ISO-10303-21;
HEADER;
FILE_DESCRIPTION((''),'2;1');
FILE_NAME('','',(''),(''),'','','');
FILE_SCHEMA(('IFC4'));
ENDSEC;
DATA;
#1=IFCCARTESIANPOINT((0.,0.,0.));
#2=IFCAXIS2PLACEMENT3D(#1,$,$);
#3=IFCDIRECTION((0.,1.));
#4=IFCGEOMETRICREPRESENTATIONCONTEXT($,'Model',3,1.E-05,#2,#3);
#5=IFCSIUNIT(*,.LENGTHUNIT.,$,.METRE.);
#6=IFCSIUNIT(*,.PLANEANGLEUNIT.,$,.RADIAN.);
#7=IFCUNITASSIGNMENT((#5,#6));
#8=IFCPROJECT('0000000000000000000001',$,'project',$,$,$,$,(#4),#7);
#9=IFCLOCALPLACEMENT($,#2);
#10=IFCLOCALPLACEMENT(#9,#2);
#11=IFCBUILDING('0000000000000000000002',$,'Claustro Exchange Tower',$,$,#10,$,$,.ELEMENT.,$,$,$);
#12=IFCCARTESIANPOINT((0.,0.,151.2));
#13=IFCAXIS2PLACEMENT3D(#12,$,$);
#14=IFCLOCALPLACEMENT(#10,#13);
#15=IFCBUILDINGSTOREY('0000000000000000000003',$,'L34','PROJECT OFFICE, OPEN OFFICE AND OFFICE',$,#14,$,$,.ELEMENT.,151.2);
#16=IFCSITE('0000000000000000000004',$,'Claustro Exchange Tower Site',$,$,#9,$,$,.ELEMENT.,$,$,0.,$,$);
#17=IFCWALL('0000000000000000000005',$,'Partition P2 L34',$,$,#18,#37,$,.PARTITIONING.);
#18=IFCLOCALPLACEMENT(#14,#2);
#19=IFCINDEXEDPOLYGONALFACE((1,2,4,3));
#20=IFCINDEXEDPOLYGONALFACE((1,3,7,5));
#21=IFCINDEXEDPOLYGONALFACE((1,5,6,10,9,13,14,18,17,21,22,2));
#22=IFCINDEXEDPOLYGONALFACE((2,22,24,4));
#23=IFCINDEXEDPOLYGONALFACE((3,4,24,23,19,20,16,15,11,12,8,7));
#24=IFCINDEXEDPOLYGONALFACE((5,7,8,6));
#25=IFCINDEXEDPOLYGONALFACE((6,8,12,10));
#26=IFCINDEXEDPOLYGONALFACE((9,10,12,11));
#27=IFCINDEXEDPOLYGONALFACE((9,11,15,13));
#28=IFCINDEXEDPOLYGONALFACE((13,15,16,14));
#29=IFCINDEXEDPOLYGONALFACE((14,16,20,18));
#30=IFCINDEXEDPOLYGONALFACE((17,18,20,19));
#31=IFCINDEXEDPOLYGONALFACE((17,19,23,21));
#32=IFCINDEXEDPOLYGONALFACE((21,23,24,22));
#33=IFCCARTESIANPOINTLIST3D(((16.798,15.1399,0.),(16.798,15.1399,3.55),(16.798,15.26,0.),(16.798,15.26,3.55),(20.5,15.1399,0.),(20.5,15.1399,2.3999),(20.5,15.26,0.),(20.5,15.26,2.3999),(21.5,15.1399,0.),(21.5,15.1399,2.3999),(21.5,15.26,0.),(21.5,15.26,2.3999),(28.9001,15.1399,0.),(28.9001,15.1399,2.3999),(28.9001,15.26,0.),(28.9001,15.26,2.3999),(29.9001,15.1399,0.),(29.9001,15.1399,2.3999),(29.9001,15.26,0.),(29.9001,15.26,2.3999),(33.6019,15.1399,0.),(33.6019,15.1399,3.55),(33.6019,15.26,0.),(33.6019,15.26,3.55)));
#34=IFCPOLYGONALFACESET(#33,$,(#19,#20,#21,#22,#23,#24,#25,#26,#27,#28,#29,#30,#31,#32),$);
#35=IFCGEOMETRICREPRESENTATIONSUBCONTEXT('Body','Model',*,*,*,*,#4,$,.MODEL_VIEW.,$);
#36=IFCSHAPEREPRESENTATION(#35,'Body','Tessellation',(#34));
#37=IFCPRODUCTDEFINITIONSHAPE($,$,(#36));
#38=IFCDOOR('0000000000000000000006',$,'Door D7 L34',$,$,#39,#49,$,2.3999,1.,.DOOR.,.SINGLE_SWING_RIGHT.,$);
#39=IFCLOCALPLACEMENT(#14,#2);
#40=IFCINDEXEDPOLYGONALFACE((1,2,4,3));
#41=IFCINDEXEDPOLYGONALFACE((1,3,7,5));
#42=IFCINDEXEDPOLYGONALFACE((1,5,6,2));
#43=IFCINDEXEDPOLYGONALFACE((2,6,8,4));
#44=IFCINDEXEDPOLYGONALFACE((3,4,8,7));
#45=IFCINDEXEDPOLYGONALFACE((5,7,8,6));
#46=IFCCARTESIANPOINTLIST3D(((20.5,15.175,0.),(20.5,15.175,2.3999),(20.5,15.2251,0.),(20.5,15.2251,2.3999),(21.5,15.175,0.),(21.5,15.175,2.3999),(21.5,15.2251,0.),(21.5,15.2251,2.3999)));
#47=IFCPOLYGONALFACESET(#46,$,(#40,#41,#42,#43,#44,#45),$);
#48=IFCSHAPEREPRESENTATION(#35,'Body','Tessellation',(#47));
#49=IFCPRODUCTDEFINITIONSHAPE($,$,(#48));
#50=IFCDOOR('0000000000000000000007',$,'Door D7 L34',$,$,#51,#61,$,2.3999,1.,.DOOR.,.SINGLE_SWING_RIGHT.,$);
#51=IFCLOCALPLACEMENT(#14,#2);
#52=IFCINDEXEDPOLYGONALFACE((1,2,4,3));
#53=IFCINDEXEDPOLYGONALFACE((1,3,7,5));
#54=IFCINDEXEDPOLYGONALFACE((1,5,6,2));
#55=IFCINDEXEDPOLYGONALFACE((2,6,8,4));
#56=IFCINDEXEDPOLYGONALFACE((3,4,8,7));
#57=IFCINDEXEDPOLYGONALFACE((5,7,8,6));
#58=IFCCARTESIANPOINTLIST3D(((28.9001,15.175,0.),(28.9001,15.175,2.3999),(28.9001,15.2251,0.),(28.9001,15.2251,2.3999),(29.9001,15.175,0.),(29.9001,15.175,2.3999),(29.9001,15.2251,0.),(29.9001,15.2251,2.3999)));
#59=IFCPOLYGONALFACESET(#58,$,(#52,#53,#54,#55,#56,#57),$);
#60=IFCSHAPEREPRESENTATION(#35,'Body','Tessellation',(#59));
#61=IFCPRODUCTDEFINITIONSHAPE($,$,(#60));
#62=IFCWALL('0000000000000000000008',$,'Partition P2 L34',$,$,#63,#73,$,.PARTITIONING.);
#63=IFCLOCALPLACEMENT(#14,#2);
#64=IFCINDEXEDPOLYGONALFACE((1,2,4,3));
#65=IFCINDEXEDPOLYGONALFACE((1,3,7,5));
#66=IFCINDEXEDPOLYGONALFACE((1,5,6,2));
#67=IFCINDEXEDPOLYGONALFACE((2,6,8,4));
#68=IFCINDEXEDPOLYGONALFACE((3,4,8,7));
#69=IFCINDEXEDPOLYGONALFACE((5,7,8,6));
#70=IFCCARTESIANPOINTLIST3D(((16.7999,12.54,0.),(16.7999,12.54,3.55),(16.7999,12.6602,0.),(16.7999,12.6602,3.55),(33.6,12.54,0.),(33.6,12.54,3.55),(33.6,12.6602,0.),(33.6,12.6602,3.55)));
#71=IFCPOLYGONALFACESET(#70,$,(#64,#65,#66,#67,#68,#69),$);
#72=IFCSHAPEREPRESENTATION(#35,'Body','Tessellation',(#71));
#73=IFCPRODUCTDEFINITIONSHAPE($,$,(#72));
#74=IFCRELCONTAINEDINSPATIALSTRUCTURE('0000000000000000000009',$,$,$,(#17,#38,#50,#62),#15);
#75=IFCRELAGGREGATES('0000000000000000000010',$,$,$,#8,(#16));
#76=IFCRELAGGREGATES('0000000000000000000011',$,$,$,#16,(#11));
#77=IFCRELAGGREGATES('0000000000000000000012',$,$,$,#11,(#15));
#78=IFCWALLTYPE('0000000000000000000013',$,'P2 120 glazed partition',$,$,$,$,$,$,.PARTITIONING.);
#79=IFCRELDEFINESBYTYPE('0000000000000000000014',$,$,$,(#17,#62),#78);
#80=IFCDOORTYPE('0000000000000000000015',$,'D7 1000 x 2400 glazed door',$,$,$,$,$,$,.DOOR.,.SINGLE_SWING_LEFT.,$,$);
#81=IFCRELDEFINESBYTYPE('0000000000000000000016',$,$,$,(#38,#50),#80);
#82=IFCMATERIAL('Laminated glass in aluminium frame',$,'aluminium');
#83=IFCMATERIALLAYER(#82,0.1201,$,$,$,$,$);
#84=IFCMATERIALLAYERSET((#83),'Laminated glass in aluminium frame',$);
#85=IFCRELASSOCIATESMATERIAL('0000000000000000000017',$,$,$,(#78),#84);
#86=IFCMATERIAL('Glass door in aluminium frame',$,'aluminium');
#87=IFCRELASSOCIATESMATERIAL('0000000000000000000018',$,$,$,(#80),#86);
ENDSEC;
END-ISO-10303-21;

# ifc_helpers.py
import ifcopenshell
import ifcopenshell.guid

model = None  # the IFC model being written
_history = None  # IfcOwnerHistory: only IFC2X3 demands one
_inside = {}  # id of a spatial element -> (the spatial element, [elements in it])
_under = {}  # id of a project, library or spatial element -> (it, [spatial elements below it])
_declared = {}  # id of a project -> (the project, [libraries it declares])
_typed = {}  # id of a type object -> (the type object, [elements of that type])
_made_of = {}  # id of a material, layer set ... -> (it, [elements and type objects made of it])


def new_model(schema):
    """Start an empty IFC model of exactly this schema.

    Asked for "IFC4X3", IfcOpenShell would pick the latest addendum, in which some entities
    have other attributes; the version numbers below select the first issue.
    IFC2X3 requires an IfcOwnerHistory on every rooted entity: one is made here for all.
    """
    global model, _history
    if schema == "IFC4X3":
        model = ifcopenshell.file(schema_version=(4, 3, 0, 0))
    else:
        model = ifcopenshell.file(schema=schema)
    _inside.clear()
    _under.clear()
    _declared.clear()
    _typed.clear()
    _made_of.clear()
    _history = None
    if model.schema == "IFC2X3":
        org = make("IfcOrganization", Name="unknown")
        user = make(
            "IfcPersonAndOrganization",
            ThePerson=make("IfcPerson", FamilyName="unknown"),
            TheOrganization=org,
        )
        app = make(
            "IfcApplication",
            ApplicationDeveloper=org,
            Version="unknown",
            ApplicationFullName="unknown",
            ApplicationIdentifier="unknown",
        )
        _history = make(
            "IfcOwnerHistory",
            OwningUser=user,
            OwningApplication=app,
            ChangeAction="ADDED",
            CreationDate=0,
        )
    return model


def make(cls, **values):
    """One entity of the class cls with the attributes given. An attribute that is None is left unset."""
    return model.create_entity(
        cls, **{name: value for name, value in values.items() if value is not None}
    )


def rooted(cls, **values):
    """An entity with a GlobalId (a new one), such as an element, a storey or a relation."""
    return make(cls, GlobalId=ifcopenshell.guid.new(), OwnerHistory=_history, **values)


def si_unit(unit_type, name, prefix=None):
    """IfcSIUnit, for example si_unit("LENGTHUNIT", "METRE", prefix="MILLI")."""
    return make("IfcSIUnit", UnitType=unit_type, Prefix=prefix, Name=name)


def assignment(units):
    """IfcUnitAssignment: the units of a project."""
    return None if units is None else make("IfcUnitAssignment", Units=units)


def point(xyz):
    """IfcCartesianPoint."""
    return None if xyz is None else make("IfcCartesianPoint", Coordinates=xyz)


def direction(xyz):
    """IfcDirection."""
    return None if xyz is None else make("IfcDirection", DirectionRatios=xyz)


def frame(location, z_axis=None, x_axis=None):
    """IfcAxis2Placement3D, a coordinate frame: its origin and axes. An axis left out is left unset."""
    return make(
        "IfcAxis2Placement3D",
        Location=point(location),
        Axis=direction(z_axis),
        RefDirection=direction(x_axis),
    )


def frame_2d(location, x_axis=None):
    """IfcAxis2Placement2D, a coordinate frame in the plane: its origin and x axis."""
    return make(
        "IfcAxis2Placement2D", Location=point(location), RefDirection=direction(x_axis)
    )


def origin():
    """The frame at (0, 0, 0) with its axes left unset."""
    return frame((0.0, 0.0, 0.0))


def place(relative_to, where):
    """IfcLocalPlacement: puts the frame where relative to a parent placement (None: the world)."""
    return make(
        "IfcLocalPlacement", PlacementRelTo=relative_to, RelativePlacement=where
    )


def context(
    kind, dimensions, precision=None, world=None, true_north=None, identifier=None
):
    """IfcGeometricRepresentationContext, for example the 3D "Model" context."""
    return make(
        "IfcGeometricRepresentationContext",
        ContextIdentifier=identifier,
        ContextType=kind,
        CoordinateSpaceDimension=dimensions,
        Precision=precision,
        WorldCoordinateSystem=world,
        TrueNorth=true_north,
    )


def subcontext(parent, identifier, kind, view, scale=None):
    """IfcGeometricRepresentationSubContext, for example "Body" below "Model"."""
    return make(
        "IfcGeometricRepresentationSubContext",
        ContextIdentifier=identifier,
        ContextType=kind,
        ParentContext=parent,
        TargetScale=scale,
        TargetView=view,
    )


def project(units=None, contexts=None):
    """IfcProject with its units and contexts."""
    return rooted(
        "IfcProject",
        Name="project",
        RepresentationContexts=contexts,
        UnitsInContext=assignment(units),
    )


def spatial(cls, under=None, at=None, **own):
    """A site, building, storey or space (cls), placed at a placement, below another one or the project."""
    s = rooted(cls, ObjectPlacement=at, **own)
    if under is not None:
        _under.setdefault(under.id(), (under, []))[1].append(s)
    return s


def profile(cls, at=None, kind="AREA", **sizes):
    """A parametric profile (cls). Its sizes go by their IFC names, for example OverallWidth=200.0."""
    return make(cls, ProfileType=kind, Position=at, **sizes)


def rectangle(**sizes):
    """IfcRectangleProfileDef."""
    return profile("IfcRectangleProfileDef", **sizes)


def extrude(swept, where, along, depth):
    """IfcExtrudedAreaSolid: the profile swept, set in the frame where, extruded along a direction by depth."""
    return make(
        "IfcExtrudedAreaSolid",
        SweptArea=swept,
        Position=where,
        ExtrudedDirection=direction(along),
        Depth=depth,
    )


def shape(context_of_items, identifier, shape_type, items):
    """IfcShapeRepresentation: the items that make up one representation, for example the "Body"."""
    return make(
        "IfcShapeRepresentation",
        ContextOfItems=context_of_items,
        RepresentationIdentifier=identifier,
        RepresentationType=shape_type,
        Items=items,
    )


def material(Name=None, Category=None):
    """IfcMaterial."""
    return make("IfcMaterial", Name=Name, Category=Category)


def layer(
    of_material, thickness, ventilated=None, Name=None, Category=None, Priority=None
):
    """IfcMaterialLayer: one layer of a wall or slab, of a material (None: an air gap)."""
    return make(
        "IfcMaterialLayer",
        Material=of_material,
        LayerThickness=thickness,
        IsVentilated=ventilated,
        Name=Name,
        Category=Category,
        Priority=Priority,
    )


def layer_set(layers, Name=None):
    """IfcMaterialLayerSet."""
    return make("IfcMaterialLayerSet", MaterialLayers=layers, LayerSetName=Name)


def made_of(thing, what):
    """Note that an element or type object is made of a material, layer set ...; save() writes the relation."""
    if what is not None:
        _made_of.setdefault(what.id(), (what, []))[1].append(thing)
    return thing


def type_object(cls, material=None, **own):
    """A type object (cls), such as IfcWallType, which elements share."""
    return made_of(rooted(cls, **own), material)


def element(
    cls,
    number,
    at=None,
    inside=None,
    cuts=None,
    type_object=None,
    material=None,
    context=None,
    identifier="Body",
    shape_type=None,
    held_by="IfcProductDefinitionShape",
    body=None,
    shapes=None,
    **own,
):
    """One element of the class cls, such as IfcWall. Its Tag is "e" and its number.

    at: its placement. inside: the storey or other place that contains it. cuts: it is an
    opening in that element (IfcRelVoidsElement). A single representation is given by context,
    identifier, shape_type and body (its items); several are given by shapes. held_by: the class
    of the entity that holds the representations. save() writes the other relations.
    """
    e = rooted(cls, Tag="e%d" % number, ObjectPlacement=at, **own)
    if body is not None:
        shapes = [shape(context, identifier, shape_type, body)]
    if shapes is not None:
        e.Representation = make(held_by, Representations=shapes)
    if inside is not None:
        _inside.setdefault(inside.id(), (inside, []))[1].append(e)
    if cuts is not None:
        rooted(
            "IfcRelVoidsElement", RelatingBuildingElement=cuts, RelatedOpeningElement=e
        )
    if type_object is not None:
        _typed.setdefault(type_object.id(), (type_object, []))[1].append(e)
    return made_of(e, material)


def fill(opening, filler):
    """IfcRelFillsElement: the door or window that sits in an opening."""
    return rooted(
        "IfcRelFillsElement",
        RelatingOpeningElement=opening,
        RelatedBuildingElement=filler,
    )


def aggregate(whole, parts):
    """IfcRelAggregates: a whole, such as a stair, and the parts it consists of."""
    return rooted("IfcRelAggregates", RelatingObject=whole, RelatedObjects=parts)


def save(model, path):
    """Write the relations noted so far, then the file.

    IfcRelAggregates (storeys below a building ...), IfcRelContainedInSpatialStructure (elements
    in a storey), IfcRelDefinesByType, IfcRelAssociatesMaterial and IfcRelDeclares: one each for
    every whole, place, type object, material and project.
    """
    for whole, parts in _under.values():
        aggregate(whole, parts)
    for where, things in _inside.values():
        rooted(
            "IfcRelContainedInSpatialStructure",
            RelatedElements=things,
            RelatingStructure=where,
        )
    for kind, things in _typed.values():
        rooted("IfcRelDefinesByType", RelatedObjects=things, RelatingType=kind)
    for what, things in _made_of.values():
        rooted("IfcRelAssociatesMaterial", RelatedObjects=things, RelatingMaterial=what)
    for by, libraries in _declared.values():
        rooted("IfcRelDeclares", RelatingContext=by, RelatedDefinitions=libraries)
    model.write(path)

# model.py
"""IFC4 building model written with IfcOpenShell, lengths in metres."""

from ifc_helpers import new_model, si_unit, direction, frame, frame_2d, origin, place, context, subcontext, project, spatial, rectangle, extrude, material, layer, layer_set, type_object, element, fill, save


model = new_model("IFC4")

# Units and contexts
model_context = context("Model", 3, precision=1e-05, world=origin(), true_north=direction((0.0, 1.0)))
body_context = subcontext(model_context, "Body", "Model", "MODEL_VIEW")
ifc_project = project(units=[si_unit("LENGTHUNIT", "METRE"), si_unit("PLANEANGLEUNIT", "RADIAN")], contexts=[model_context])

# Site, building, storey
site_placement = place(None, origin())
site = spatial("IfcSite", under=ifc_project, at=site_placement, Name="Claustro Exchange Tower Site", CompositionType="ELEMENT", RefElevation=0.0)
building_placement = place(site_placement, origin())
building = spatial("IfcBuilding", under=site, at=building_placement, Name="Claustro Exchange Tower", CompositionType="ELEMENT")
storey_placement = place(building_placement, frame((0.0, 0.0, 151.2)))
storey = spatial("IfcBuildingStorey", under=building, at=storey_placement, Name="L34", Description="PROJECT OFFICE, OPEN OFFICE AND OFFICE", CompositionType="ELEMENT", Elevation=151.2)

# Shared definitions
ifc_material_1 = material(Name="Laminated glass in aluminium frame", Category="aluminium")
ifc_layer_1 = layer(ifc_material_1, 0.1201)
ifc_layer_set_1 = layer_set([ifc_layer_1], Name="Laminated glass in aluminium frame")
wall_type_1 = type_object("IfcWallType", Name="P2 120 glazed partition", PredefinedType="PARTITIONING", material=ifc_layer_set_1)

# Wall, openings, doors
wall_1_placement = place(storey_placement, frame((16.7981, 15.2, 0.0), z_axis=(0.0, 0.0, 1.0), x_axis=(1.0, 0.0, 0.0)))
wall_1 = element("IfcWall", 1, at=wall_1_placement, inside=storey, type_object=wall_type_1, Name="Partition P2 L34", PredefinedType="PARTITIONING", context=body_context, shape_type="SweptSolid", body=[
    extrude(rectangle(XDim=16.804, YDim=0.1201, at=frame_2d((8.4019, 0.0))), origin(), (0.0, 0.0, 1.0), 3.55),
])
opening_1_placement = place(wall_1_placement, frame((3.7019, 0.0, 0.0)))
opening_1 = element("IfcOpeningElement", 2, at=opening_1_placement, cuts=wall_1, PredefinedType="OPENING", context=body_context, shape_type="SweptSolid", body=[
    extrude(rectangle(XDim=1.0, YDim=2.3999, at=frame_2d((0.5, 1.2))), frame((0.0, 0.0701, 0.0), z_axis=(0.0, -1.0, 0.0), x_axis=(1.0, 0.0, 0.0)), (0.0, 0.0, 1.0), 0.1401),
])
opening_2_placement = place(wall_1_placement, frame((12.1021, 0.0, 0.0)))
opening_2 = element("IfcOpeningElement", 3, at=opening_2_placement, cuts=wall_1, PredefinedType="OPENING", context=body_context, shape_type="SweptSolid", body=[
    extrude(rectangle(XDim=1.0, YDim=2.3999, at=frame_2d((0.5, 1.2))), frame((0.0, 0.0701, 0.0), z_axis=(0.0, -1.0, 0.0), x_axis=(1.0, 0.0, 0.0)), (0.0, 0.0, 1.0), 0.1401),
])
ifc_material_2 = material(Name="Glass door in aluminium frame", Category="aluminium")
door_type_1 = type_object("IfcDoorType", Name="D7 1000 x 2400 glazed door", OperationType="SINGLE_SWING_LEFT", PredefinedType="DOOR", material=ifc_material_2)
door_1_placement = place(opening_1_placement, frame((1.0, 0.0, 0.0), z_axis=(0.0, 0.0, 1.0), x_axis=(-1.0, 0.0, 0.0)))
door_1 = element("IfcDoor", 4, at=door_1_placement, inside=storey, type_object=door_type_1, Name="Door D7 L34", OperationType="SINGLE_SWING_RIGHT", OverallHeight=2.3999, OverallWidth=1.0, PredefinedType="DOOR", context=body_context, shape_type="SweptSolid", body=[
    extrude(rectangle(XDim=1.0, YDim=2.3999, at=frame_2d((0.5, 1.2))), frame((0.0, 0.0249, 0.0), z_axis=(0.0, -1.0, 0.0), x_axis=(1.0, 0.0, 0.0)), (0.0, 0.0, 1.0), 0.05),
])
fill(opening_1, door_1)
door_2_placement = place(opening_2_placement, frame((1.0, 0.0, 0.0), z_axis=(0.0, 0.0, 1.0), x_axis=(-1.0, 0.0, 0.0)))
door_2 = element("IfcDoor", 5, at=door_2_placement, inside=storey, type_object=door_type_1, Name="Door D7 L34", OperationType="SINGLE_SWING_RIGHT", OverallHeight=2.3999, OverallWidth=1.0, PredefinedType="DOOR", context=body_context, shape_type="SweptSolid", body=[
    extrude(rectangle(XDim=1.0, YDim=2.3999, at=frame_2d((0.5, 1.2))), frame((0.0, 0.0249, 0.0), z_axis=(0.0, -1.0, 0.0), x_axis=(1.0, 0.0, 0.0)), (0.0, 0.0, 1.0), 0.05),
])
fill(opening_2, door_2)

# Wall
wall_2_placement = place(storey_placement, frame((16.8, 12.6001, 0.0), z_axis=(0.0, 0.0, 1.0), x_axis=(1.0, 0.0, 0.0)))
element("IfcWall", 6, at=wall_2_placement, inside=storey, type_object=wall_type_1, Name="Partition P2 L34", PredefinedType="PARTITIONING", context=body_context, shape_type="SweptSolid", body=[
    extrude(rectangle(XDim=16.8, YDim=0.1201, at=frame_2d((8.3999, 0.0))), origin(), (0.0, 0.0, 1.0), 3.55),
])

save(model, "model.ifc")
